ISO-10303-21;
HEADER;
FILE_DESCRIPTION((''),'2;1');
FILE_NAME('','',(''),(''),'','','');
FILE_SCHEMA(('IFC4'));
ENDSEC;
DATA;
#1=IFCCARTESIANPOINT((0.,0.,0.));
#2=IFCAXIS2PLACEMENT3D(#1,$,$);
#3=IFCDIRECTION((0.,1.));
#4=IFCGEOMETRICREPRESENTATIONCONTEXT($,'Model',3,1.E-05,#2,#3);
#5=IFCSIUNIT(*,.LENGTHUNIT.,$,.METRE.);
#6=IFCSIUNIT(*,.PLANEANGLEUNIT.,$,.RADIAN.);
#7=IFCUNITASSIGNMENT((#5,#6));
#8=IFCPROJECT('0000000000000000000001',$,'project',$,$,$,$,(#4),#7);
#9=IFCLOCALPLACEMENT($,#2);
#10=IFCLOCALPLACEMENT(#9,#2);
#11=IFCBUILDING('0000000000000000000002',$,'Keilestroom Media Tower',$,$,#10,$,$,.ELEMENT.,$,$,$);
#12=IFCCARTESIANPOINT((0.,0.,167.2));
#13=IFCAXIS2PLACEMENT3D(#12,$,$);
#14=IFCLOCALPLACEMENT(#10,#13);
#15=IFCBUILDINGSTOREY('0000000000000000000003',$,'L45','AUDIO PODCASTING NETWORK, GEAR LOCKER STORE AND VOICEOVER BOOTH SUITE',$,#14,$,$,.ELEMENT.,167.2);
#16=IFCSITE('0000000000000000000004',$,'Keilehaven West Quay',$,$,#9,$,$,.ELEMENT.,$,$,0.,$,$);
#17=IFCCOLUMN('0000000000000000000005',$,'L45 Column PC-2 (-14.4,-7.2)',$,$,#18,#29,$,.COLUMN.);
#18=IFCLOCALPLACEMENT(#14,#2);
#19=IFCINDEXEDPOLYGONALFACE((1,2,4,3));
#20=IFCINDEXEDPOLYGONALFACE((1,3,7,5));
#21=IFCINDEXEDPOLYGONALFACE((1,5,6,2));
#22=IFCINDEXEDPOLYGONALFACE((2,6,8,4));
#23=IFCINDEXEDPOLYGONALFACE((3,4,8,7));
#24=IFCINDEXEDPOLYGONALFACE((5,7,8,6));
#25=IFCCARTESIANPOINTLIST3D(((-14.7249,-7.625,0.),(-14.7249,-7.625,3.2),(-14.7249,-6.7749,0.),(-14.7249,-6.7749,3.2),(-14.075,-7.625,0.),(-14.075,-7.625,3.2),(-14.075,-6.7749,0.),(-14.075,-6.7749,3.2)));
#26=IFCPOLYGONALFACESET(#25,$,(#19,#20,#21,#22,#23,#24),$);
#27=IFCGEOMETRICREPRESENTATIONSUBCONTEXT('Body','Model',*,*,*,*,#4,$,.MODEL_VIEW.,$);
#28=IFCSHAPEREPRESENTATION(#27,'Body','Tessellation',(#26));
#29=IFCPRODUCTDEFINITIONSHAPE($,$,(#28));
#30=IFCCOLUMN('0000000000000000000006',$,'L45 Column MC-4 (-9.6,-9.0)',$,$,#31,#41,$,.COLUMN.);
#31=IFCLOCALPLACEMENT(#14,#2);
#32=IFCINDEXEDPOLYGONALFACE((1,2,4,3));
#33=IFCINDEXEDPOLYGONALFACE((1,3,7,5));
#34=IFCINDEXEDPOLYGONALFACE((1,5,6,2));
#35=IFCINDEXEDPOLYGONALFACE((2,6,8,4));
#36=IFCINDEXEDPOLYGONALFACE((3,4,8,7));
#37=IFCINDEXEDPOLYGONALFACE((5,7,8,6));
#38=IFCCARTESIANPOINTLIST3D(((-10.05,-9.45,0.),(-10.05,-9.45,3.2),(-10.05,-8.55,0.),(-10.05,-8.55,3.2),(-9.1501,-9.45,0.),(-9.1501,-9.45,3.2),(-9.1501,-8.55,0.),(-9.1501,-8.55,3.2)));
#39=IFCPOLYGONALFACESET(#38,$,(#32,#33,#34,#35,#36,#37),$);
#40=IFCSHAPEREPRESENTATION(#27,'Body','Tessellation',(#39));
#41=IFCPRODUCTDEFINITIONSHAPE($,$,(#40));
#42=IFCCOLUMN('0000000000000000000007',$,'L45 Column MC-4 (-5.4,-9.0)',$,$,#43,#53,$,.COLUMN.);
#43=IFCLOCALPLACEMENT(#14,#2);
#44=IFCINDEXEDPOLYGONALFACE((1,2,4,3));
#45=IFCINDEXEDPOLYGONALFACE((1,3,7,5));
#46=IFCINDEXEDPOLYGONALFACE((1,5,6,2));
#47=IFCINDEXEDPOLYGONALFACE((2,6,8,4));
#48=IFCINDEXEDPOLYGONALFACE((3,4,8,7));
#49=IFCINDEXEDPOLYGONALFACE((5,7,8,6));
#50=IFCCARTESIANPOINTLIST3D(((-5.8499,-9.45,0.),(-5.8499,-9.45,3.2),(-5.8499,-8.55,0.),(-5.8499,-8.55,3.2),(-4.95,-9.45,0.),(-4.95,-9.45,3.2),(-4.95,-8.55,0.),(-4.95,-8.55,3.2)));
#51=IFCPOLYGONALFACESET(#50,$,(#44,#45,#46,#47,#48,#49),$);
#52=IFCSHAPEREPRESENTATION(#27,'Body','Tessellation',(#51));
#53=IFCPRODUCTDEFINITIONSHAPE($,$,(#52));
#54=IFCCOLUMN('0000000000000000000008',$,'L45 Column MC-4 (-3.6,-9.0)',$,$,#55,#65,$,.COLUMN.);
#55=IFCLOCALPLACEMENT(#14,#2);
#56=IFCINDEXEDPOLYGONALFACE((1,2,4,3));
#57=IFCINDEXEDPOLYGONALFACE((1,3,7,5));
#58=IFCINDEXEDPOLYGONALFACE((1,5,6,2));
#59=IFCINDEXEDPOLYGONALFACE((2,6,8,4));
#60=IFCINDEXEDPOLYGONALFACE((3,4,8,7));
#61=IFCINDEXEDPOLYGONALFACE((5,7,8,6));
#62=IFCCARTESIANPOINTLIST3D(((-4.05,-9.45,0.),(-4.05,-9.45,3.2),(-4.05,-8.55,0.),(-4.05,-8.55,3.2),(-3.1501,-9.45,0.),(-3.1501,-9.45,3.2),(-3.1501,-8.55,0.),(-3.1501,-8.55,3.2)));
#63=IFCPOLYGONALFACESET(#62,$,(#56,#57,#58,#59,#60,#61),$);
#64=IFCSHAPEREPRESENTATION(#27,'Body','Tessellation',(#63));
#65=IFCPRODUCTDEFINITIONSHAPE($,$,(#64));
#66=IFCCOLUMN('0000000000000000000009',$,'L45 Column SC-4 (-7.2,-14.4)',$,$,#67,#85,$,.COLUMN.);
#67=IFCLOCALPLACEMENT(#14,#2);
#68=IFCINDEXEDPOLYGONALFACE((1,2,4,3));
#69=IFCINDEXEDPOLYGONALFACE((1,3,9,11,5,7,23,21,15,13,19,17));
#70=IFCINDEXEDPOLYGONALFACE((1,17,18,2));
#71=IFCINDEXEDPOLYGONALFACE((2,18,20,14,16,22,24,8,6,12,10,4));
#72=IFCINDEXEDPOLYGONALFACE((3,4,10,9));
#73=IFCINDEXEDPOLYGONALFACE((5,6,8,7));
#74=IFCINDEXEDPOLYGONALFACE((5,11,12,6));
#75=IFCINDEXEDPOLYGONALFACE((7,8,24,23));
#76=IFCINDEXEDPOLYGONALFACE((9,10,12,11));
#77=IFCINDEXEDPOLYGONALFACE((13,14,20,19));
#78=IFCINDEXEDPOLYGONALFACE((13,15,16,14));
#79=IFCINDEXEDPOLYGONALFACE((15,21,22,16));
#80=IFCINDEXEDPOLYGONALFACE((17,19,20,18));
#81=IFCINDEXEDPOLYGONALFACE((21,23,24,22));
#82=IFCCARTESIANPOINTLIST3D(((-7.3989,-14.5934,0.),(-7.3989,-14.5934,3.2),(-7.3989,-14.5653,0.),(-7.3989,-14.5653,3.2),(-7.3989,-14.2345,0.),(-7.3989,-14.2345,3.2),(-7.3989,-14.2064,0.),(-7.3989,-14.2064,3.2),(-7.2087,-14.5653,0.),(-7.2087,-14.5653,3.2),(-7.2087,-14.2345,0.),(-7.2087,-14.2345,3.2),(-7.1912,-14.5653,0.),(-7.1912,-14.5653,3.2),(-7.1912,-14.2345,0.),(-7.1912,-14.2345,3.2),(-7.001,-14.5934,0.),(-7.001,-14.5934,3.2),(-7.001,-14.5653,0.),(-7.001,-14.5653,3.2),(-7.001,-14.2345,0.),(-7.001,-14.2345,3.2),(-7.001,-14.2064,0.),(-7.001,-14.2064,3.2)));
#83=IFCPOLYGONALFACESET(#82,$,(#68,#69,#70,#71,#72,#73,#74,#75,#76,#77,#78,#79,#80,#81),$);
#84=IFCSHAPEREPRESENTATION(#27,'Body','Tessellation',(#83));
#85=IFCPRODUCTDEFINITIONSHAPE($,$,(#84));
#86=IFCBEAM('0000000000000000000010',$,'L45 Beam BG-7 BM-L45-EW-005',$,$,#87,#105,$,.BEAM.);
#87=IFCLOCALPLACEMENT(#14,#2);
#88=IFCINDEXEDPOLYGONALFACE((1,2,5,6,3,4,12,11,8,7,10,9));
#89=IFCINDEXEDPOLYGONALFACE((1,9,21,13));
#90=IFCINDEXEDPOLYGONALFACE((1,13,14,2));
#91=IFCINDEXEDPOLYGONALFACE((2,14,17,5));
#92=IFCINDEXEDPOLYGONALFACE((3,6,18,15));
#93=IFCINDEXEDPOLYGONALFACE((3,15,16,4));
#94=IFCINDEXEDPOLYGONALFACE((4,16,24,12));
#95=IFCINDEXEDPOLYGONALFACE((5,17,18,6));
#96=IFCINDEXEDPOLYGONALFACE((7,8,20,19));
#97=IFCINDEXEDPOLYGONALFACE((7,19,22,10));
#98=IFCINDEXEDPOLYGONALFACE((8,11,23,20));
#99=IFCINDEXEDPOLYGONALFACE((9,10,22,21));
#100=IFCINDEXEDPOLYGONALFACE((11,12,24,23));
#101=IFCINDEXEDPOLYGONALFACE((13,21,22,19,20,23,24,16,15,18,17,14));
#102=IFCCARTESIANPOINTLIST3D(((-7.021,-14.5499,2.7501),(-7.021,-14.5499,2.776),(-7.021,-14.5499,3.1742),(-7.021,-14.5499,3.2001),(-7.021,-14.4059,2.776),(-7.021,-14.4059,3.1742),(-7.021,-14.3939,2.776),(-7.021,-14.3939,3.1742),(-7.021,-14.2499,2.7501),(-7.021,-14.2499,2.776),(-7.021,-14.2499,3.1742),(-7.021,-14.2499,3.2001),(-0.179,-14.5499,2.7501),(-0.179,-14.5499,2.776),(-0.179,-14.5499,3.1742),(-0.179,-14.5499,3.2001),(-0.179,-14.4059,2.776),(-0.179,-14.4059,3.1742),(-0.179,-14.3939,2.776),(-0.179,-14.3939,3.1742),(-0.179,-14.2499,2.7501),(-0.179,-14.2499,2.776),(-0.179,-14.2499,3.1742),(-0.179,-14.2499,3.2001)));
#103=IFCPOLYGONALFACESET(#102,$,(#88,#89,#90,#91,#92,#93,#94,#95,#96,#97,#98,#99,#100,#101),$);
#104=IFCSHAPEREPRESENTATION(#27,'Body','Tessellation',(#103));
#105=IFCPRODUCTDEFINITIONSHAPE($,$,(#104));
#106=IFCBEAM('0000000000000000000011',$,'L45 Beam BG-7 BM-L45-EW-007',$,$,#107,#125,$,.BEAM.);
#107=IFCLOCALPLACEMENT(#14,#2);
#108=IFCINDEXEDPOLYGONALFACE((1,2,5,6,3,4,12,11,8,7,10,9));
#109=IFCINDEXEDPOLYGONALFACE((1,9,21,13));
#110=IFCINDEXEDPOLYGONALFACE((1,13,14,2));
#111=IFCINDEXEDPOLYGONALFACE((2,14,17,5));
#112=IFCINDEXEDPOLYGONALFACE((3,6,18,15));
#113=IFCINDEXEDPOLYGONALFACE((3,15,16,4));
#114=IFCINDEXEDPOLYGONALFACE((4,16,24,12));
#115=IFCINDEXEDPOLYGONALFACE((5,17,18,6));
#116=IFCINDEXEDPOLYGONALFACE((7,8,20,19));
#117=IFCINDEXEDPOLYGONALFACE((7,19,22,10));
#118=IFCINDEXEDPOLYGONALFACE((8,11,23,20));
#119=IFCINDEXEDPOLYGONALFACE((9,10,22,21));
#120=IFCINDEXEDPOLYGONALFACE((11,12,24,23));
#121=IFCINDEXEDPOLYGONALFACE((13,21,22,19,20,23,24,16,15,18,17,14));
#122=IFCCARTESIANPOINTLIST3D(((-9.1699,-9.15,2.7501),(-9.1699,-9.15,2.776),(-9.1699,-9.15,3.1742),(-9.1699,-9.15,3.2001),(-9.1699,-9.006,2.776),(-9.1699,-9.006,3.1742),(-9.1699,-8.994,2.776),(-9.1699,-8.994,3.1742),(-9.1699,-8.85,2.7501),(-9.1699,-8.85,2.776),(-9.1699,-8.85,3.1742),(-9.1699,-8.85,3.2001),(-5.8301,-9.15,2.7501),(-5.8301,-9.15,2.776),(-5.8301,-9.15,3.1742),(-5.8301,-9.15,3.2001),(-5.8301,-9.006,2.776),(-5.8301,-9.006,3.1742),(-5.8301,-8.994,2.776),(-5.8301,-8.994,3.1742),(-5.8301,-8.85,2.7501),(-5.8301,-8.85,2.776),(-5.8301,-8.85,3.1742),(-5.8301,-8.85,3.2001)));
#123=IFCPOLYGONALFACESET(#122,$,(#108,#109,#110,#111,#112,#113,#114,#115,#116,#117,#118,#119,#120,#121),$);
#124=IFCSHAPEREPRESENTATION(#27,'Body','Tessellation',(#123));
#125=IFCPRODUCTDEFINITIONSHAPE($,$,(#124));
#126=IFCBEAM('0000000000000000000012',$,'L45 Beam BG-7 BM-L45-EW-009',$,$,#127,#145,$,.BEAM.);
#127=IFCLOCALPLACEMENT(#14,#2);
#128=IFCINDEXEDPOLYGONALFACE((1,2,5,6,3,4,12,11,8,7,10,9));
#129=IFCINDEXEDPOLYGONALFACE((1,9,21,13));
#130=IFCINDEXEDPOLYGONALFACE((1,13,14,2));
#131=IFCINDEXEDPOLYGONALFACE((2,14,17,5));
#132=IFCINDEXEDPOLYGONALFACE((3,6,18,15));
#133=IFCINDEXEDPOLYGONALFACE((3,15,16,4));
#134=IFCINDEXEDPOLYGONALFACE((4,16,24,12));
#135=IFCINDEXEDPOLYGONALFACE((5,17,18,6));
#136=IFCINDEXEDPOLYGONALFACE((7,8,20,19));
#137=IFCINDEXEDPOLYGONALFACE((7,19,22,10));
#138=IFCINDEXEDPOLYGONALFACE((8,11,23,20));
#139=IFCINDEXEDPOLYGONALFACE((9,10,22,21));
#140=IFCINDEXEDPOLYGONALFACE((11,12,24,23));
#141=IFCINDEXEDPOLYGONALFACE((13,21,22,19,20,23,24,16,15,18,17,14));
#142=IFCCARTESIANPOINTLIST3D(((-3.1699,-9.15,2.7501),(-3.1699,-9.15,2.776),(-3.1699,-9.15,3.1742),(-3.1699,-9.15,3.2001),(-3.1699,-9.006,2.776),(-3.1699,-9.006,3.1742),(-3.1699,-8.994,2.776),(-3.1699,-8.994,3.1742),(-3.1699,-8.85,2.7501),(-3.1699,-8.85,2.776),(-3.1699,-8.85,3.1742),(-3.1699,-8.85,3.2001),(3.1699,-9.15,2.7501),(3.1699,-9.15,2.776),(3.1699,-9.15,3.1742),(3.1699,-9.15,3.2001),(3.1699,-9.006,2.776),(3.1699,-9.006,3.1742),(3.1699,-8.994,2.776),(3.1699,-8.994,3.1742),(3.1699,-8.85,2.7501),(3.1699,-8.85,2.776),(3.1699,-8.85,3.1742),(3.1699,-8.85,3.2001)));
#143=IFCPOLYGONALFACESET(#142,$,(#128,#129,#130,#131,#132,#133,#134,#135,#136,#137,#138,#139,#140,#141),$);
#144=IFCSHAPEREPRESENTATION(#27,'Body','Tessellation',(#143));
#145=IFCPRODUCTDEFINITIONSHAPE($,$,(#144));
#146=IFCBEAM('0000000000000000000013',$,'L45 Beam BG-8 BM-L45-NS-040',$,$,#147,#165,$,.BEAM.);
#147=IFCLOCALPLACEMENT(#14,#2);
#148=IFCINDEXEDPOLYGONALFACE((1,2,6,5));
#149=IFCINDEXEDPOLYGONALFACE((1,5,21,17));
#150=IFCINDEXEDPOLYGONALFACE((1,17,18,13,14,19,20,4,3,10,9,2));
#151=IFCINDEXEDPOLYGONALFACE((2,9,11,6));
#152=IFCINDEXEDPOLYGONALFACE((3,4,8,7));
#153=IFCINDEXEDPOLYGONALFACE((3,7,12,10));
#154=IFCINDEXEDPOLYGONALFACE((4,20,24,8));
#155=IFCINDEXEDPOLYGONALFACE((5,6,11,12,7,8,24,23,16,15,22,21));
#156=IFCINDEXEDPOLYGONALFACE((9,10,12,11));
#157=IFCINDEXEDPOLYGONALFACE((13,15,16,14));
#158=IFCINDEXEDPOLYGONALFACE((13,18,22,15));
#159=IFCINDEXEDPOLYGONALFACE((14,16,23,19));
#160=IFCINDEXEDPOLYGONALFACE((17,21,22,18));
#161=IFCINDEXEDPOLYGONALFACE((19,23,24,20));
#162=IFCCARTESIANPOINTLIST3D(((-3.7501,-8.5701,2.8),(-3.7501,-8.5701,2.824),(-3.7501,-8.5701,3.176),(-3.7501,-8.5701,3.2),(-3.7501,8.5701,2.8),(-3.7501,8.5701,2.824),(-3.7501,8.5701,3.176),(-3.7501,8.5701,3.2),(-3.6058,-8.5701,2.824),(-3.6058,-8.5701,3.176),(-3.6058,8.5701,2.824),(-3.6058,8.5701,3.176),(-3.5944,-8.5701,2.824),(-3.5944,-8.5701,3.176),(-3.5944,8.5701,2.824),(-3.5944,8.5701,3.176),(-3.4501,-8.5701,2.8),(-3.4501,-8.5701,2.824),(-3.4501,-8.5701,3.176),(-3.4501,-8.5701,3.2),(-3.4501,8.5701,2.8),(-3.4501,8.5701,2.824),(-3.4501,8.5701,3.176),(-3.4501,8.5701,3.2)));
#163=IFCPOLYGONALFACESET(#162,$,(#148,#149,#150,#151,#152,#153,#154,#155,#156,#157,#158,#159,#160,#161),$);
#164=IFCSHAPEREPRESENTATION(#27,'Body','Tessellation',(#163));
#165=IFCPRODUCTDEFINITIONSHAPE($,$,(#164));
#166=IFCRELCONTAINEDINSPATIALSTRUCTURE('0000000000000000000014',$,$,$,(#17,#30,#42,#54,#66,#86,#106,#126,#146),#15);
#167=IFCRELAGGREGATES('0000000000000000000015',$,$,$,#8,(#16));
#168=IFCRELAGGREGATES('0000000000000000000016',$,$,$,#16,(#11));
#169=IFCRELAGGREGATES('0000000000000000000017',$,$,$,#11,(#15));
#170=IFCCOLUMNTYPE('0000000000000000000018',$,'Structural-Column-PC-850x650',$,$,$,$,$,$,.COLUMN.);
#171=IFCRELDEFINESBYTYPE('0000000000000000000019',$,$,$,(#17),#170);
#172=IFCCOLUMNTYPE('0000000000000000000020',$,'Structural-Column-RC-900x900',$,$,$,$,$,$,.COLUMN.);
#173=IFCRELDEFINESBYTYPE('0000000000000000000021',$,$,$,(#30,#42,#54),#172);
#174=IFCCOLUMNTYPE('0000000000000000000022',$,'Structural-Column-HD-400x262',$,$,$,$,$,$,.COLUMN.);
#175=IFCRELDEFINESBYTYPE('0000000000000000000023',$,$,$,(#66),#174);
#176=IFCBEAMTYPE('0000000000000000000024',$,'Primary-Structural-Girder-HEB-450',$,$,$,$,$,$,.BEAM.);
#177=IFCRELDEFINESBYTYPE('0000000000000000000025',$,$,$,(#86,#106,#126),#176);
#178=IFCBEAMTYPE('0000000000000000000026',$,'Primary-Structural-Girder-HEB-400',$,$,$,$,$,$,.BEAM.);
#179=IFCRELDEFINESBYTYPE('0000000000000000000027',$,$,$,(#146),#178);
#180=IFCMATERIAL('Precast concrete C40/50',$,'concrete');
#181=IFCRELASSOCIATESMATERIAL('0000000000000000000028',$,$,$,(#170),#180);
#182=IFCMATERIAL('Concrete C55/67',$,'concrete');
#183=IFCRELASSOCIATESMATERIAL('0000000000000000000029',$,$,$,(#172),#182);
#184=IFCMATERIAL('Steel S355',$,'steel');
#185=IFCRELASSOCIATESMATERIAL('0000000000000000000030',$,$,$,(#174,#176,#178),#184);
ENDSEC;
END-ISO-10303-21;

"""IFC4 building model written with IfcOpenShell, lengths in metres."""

from ifc_helpers import new_model, si_unit, direction, frame, origin, origin_2d, place, context, subcontext, project, spatial, rectangle, i_section, extrude, source, transform, mapped, material, material_profile, profile_set, type_object, element, save


model = new_model("IFC4")

# Units and contexts
model_context = context("Model", 3, precision=1e-05, world=origin(), true_north=direction((0.0, 1.0)))
body_context = subcontext(model_context, "Body", "Model", "MODEL_VIEW")
ifc_project = project(units=[si_unit("LENGTHUNIT", "METRE"), si_unit("PLANEANGLEUNIT", "RADIAN")], contexts=[model_context])

# Site, building, storey
site_placement = place(None, origin())
site = spatial("IfcSite", under=ifc_project, at=site_placement, Name="Keilehaven West Quay", CompositionType="ELEMENT", RefElevation=0.0)
building_placement = place(site_placement, origin())
building = spatial("IfcBuilding", under=site, at=building_placement, Name="Keilestroom Media Tower", CompositionType="ELEMENT")
storey_placement = place(building_placement, frame((0.0, 0.0, 167.2)))
storey = spatial("IfcBuildingStorey", under=building, at=storey_placement, Name="L45", Description="AUDIO PODCASTING NETWORK, GEAR LOCKER STORE AND VOICEOVER BOOTH SUITE", CompositionType="ELEMENT", Elevation=167.2)

# Columns
ifc_material_1 = material(Name="Precast concrete C40/50", Category="concrete")
ifc_material_profile_1 = material_profile(ifc_material_1, rectangle(XDim=0.6499, YDim=0.8501, at=origin_2d()), Name="PC 850x650")
ifc_profile_set_1 = profile_set([ifc_material_profile_1], Name="Precast concrete C40/50")
column_type_1 = type_object("IfcColumnType", Name="Structural-Column-PC-850x650", PredefinedType="COLUMN", material=ifc_profile_set_1)
shared_shape_1 = source(origin(), body_context, "Body", "SweptSolid", [
    extrude(rectangle(XDim=0.6499, YDim=0.8501, at=origin_2d()), origin(), (0.0, 0.0, 1.0), 3.2),
])
column_1_placement = place(storey_placement, frame((-14.3999, -7.2, 0.0), z_axis=(0.0, 0.0, 1.0), x_axis=(1.0, 0.0, 0.0)))
element("IfcColumn", 1, at=column_1_placement, inside=storey, type_object=column_type_1, Name="L45 Column PC-2 (-14.4,-7.2)", PredefinedType="COLUMN", context=body_context, shape_type="MappedRepresentation", body=[
    mapped(shared_shape_1, transform((0.0, 0.0, 0.0), x_axis=(1.0, 0.0, 0.0), y_axis=(0.0, 1.0, 0.0), z_axis=(0.0, 0.0, 1.0), scale=1.0)),
])
ifc_material_2 = material(Name="Concrete C55/67", Category="concrete")
ifc_material_profile_2 = material_profile(ifc_material_2, rectangle(XDim=0.8999, YDim=0.8999, at=origin_2d()), Name="RC 900x900")
ifc_profile_set_2 = profile_set([ifc_material_profile_2], Name="Concrete C55/67")
column_type_2 = type_object("IfcColumnType", Name="Structural-Column-RC-900x900", PredefinedType="COLUMN", material=ifc_profile_set_2)
shared_shape_2 = source(origin(), body_context, "Body", "SweptSolid", [
    extrude(rectangle(XDim=0.8999, YDim=0.8999, at=origin_2d()), origin(), (0.0, 0.0, 1.0), 3.2),
])
for number, where, z_axis, x_axis, name in (
    (2, (-9.6001, -9.0, 0.0), (0.0, 0.0, 1.0), (1.0, 0.0, 0.0), "L45 Column MC-4 (-9.6,-9.0)"),
    (3, (-5.3999, -9.0, 0.0), (0.0, 0.0, 1.0), (1.0, 0.0, 0.0), "L45 Column MC-4 (-5.4,-9.0)"),
    (4, (-3.6001, -9.0, 0.0), (0.0, 0.0, 1.0), (1.0, 0.0, 0.0), "L45 Column MC-4 (-3.6,-9.0)"),
):
    element("IfcColumn", number, at=place(storey_placement, frame(where, z_axis=z_axis, x_axis=x_axis)), inside=storey, type_object=column_type_2, Name=name, PredefinedType="COLUMN", context=body_context, shape_type="MappedRepresentation", body=[
        mapped(shared_shape_2, transform((0.0, 0.0, 0.0), x_axis=(1.0, 0.0, 0.0), y_axis=(0.0, 1.0, 0.0), z_axis=(0.0, 0.0, 1.0), scale=1.0)),
    ])
ifc_material_3 = material(Name="Steel S355", Category="steel")
ifc_material_profile_3 = material_profile(ifc_material_3, i_section(OverallWidth=0.3979, OverallDepth=0.387, WebThickness=0.0176, FlangeThickness=0.0281, at=origin_2d()), Name="HD 400x262")
ifc_profile_set_3 = profile_set([ifc_material_profile_3], Name="Steel S355")
column_type_3 = type_object("IfcColumnType", Name="Structural-Column-HD-400x262", PredefinedType="COLUMN", material=ifc_profile_set_3)
shared_shape_3 = source(origin(), body_context, "Body", "SweptSolid", [
    extrude(i_section(OverallWidth=0.3979, OverallDepth=0.387, WebThickness=0.0176, FlangeThickness=0.0281, at=origin_2d()), origin(), (0.0, 0.0, 1.0), 3.2),
])
column_2_placement = place(storey_placement, frame((-7.2, -14.3999, 0.0), z_axis=(0.0, 0.0, 1.0), x_axis=(1.0, 0.0, 0.0)))
element("IfcColumn", 5, at=column_2_placement, inside=storey, type_object=column_type_3, Name="L45 Column SC-4 (-7.2,-14.4)", PredefinedType="COLUMN", context=body_context, shape_type="MappedRepresentation", body=[
    mapped(shared_shape_3, transform((0.0, 0.0, 0.0), x_axis=(1.0, 0.0, 0.0), y_axis=(0.0, 1.0, 0.0), z_axis=(0.0, 0.0, 1.0), scale=1.0)),
])

# Beams
ifc_material_profile_4 = material_profile(ifc_material_3, i_section(OverallWidth=0.3, OverallDepth=0.45, WebThickness=0.012, FlangeThickness=0.0259, at=origin_2d()), Name="HEB 450")
ifc_profile_set_4 = profile_set([ifc_material_profile_4], Name="Steel S355")
beam_type_1 = type_object("IfcBeamType", Name="Primary-Structural-Girder-HEB-450", PredefinedType="BEAM", material=ifc_profile_set_4)
shared_shape_4 = source(origin(), body_context, "Body", "SweptSolid", [
    extrude(i_section(OverallWidth=0.3, OverallDepth=0.45, WebThickness=0.012, FlangeThickness=0.0259, at=origin_2d()), origin(), (0.0, 0.0, 1.0), 6.842),
])
beam_1_placement = place(storey_placement, frame((-7.021, -14.3999, 2.9751), z_axis=(1.0, 0.0, 0.0), x_axis=(0.0, 1.0, 0.0)))
element("IfcBeam", 6, at=beam_1_placement, inside=storey, type_object=beam_type_1, Name="L45 Beam BG-7 BM-L45-EW-005", PredefinedType="BEAM", context=body_context, shape_type="MappedRepresentation", body=[
    mapped(shared_shape_4, transform((0.0, 0.0, 0.0), x_axis=(1.0, 0.0, 0.0), y_axis=(0.0, 1.0, 0.0), z_axis=(0.0, 0.0, 1.0), scale=1.0)),
])
shared_shape_5 = source(origin(), body_context, "Body", "SweptSolid", [
    extrude(i_section(OverallWidth=0.3, OverallDepth=0.45, WebThickness=0.012, FlangeThickness=0.0259, at=origin_2d()), origin(), (0.0, 0.0, 1.0), 3.3398),
])
beam_2_placement = place(storey_placement, frame((-9.1699, -9.0, 2.9751), z_axis=(1.0, 0.0, 0.0), x_axis=(0.0, 1.0, 0.0)))
element("IfcBeam", 7, at=beam_2_placement, inside=storey, type_object=beam_type_1, Name="L45 Beam BG-7 BM-L45-EW-007", PredefinedType="BEAM", context=body_context, shape_type="MappedRepresentation", body=[
    mapped(shared_shape_5, transform((0.0, 0.0, 0.0), x_axis=(1.0, 0.0, 0.0), y_axis=(0.0, 1.0, 0.0), z_axis=(0.0, 0.0, 1.0), scale=1.0)),
])
shared_shape_6 = source(origin(), body_context, "Body", "SweptSolid", [
    extrude(i_section(OverallWidth=0.3, OverallDepth=0.45, WebThickness=0.012, FlangeThickness=0.0259, at=origin_2d()), origin(), (0.0, 0.0, 1.0), 6.3398),
])
beam_3_placement = place(storey_placement, frame((-3.1699, -9.0, 2.9751), z_axis=(1.0, 0.0, 0.0), x_axis=(0.0, 1.0, 0.0)))
element("IfcBeam", 8, at=beam_3_placement, inside=storey, type_object=beam_type_1, Name="L45 Beam BG-7 BM-L45-EW-009", PredefinedType="BEAM", context=body_context, shape_type="MappedRepresentation", body=[
    mapped(shared_shape_6, transform((0.0, 0.0, 0.0), x_axis=(1.0, 0.0, 0.0), y_axis=(0.0, 1.0, 0.0), z_axis=(0.0, 0.0, 1.0), scale=1.0)),
])
ifc_material_profile_5 = material_profile(ifc_material_3, i_section(OverallWidth=0.3, OverallDepth=0.3999, WebThickness=0.0115, FlangeThickness=0.0239, at=origin_2d()), Name="HEB 400")
ifc_profile_set_5 = profile_set([ifc_material_profile_5], Name="Steel S355")
beam_type_2 = type_object("IfcBeamType", Name="Primary-Structural-Girder-HEB-400", PredefinedType="BEAM", material=ifc_profile_set_5)
shared_shape_7 = source(origin(), body_context, "Body", "SweptSolid", [
    extrude(i_section(OverallWidth=0.3, OverallDepth=0.3999, WebThickness=0.0115, FlangeThickness=0.0239, at=origin_2d()), origin(), (0.0, 0.0, 1.0), 17.1401),
])
beam_4_placement = place(storey_placement, frame((-3.6001, -8.5701, 3.0), z_axis=(0.0, 1.0, 0.0), x_axis=(-1.0, 0.0, 0.0)))
element("IfcBeam", 9, at=beam_4_placement, inside=storey, type_object=beam_type_2, Name="L45 Beam BG-8 BM-L45-NS-040", PredefinedType="BEAM", context=body_context, shape_type="MappedRepresentation", body=[
    mapped(shared_shape_7, transform((0.0, 0.0, 0.0), x_axis=(1.0, 0.0, 0.0), y_axis=(0.0, 1.0, 0.0), z_axis=(0.0, 0.0, 1.0), scale=1.0)),
])

save(model, "model.ifc")
